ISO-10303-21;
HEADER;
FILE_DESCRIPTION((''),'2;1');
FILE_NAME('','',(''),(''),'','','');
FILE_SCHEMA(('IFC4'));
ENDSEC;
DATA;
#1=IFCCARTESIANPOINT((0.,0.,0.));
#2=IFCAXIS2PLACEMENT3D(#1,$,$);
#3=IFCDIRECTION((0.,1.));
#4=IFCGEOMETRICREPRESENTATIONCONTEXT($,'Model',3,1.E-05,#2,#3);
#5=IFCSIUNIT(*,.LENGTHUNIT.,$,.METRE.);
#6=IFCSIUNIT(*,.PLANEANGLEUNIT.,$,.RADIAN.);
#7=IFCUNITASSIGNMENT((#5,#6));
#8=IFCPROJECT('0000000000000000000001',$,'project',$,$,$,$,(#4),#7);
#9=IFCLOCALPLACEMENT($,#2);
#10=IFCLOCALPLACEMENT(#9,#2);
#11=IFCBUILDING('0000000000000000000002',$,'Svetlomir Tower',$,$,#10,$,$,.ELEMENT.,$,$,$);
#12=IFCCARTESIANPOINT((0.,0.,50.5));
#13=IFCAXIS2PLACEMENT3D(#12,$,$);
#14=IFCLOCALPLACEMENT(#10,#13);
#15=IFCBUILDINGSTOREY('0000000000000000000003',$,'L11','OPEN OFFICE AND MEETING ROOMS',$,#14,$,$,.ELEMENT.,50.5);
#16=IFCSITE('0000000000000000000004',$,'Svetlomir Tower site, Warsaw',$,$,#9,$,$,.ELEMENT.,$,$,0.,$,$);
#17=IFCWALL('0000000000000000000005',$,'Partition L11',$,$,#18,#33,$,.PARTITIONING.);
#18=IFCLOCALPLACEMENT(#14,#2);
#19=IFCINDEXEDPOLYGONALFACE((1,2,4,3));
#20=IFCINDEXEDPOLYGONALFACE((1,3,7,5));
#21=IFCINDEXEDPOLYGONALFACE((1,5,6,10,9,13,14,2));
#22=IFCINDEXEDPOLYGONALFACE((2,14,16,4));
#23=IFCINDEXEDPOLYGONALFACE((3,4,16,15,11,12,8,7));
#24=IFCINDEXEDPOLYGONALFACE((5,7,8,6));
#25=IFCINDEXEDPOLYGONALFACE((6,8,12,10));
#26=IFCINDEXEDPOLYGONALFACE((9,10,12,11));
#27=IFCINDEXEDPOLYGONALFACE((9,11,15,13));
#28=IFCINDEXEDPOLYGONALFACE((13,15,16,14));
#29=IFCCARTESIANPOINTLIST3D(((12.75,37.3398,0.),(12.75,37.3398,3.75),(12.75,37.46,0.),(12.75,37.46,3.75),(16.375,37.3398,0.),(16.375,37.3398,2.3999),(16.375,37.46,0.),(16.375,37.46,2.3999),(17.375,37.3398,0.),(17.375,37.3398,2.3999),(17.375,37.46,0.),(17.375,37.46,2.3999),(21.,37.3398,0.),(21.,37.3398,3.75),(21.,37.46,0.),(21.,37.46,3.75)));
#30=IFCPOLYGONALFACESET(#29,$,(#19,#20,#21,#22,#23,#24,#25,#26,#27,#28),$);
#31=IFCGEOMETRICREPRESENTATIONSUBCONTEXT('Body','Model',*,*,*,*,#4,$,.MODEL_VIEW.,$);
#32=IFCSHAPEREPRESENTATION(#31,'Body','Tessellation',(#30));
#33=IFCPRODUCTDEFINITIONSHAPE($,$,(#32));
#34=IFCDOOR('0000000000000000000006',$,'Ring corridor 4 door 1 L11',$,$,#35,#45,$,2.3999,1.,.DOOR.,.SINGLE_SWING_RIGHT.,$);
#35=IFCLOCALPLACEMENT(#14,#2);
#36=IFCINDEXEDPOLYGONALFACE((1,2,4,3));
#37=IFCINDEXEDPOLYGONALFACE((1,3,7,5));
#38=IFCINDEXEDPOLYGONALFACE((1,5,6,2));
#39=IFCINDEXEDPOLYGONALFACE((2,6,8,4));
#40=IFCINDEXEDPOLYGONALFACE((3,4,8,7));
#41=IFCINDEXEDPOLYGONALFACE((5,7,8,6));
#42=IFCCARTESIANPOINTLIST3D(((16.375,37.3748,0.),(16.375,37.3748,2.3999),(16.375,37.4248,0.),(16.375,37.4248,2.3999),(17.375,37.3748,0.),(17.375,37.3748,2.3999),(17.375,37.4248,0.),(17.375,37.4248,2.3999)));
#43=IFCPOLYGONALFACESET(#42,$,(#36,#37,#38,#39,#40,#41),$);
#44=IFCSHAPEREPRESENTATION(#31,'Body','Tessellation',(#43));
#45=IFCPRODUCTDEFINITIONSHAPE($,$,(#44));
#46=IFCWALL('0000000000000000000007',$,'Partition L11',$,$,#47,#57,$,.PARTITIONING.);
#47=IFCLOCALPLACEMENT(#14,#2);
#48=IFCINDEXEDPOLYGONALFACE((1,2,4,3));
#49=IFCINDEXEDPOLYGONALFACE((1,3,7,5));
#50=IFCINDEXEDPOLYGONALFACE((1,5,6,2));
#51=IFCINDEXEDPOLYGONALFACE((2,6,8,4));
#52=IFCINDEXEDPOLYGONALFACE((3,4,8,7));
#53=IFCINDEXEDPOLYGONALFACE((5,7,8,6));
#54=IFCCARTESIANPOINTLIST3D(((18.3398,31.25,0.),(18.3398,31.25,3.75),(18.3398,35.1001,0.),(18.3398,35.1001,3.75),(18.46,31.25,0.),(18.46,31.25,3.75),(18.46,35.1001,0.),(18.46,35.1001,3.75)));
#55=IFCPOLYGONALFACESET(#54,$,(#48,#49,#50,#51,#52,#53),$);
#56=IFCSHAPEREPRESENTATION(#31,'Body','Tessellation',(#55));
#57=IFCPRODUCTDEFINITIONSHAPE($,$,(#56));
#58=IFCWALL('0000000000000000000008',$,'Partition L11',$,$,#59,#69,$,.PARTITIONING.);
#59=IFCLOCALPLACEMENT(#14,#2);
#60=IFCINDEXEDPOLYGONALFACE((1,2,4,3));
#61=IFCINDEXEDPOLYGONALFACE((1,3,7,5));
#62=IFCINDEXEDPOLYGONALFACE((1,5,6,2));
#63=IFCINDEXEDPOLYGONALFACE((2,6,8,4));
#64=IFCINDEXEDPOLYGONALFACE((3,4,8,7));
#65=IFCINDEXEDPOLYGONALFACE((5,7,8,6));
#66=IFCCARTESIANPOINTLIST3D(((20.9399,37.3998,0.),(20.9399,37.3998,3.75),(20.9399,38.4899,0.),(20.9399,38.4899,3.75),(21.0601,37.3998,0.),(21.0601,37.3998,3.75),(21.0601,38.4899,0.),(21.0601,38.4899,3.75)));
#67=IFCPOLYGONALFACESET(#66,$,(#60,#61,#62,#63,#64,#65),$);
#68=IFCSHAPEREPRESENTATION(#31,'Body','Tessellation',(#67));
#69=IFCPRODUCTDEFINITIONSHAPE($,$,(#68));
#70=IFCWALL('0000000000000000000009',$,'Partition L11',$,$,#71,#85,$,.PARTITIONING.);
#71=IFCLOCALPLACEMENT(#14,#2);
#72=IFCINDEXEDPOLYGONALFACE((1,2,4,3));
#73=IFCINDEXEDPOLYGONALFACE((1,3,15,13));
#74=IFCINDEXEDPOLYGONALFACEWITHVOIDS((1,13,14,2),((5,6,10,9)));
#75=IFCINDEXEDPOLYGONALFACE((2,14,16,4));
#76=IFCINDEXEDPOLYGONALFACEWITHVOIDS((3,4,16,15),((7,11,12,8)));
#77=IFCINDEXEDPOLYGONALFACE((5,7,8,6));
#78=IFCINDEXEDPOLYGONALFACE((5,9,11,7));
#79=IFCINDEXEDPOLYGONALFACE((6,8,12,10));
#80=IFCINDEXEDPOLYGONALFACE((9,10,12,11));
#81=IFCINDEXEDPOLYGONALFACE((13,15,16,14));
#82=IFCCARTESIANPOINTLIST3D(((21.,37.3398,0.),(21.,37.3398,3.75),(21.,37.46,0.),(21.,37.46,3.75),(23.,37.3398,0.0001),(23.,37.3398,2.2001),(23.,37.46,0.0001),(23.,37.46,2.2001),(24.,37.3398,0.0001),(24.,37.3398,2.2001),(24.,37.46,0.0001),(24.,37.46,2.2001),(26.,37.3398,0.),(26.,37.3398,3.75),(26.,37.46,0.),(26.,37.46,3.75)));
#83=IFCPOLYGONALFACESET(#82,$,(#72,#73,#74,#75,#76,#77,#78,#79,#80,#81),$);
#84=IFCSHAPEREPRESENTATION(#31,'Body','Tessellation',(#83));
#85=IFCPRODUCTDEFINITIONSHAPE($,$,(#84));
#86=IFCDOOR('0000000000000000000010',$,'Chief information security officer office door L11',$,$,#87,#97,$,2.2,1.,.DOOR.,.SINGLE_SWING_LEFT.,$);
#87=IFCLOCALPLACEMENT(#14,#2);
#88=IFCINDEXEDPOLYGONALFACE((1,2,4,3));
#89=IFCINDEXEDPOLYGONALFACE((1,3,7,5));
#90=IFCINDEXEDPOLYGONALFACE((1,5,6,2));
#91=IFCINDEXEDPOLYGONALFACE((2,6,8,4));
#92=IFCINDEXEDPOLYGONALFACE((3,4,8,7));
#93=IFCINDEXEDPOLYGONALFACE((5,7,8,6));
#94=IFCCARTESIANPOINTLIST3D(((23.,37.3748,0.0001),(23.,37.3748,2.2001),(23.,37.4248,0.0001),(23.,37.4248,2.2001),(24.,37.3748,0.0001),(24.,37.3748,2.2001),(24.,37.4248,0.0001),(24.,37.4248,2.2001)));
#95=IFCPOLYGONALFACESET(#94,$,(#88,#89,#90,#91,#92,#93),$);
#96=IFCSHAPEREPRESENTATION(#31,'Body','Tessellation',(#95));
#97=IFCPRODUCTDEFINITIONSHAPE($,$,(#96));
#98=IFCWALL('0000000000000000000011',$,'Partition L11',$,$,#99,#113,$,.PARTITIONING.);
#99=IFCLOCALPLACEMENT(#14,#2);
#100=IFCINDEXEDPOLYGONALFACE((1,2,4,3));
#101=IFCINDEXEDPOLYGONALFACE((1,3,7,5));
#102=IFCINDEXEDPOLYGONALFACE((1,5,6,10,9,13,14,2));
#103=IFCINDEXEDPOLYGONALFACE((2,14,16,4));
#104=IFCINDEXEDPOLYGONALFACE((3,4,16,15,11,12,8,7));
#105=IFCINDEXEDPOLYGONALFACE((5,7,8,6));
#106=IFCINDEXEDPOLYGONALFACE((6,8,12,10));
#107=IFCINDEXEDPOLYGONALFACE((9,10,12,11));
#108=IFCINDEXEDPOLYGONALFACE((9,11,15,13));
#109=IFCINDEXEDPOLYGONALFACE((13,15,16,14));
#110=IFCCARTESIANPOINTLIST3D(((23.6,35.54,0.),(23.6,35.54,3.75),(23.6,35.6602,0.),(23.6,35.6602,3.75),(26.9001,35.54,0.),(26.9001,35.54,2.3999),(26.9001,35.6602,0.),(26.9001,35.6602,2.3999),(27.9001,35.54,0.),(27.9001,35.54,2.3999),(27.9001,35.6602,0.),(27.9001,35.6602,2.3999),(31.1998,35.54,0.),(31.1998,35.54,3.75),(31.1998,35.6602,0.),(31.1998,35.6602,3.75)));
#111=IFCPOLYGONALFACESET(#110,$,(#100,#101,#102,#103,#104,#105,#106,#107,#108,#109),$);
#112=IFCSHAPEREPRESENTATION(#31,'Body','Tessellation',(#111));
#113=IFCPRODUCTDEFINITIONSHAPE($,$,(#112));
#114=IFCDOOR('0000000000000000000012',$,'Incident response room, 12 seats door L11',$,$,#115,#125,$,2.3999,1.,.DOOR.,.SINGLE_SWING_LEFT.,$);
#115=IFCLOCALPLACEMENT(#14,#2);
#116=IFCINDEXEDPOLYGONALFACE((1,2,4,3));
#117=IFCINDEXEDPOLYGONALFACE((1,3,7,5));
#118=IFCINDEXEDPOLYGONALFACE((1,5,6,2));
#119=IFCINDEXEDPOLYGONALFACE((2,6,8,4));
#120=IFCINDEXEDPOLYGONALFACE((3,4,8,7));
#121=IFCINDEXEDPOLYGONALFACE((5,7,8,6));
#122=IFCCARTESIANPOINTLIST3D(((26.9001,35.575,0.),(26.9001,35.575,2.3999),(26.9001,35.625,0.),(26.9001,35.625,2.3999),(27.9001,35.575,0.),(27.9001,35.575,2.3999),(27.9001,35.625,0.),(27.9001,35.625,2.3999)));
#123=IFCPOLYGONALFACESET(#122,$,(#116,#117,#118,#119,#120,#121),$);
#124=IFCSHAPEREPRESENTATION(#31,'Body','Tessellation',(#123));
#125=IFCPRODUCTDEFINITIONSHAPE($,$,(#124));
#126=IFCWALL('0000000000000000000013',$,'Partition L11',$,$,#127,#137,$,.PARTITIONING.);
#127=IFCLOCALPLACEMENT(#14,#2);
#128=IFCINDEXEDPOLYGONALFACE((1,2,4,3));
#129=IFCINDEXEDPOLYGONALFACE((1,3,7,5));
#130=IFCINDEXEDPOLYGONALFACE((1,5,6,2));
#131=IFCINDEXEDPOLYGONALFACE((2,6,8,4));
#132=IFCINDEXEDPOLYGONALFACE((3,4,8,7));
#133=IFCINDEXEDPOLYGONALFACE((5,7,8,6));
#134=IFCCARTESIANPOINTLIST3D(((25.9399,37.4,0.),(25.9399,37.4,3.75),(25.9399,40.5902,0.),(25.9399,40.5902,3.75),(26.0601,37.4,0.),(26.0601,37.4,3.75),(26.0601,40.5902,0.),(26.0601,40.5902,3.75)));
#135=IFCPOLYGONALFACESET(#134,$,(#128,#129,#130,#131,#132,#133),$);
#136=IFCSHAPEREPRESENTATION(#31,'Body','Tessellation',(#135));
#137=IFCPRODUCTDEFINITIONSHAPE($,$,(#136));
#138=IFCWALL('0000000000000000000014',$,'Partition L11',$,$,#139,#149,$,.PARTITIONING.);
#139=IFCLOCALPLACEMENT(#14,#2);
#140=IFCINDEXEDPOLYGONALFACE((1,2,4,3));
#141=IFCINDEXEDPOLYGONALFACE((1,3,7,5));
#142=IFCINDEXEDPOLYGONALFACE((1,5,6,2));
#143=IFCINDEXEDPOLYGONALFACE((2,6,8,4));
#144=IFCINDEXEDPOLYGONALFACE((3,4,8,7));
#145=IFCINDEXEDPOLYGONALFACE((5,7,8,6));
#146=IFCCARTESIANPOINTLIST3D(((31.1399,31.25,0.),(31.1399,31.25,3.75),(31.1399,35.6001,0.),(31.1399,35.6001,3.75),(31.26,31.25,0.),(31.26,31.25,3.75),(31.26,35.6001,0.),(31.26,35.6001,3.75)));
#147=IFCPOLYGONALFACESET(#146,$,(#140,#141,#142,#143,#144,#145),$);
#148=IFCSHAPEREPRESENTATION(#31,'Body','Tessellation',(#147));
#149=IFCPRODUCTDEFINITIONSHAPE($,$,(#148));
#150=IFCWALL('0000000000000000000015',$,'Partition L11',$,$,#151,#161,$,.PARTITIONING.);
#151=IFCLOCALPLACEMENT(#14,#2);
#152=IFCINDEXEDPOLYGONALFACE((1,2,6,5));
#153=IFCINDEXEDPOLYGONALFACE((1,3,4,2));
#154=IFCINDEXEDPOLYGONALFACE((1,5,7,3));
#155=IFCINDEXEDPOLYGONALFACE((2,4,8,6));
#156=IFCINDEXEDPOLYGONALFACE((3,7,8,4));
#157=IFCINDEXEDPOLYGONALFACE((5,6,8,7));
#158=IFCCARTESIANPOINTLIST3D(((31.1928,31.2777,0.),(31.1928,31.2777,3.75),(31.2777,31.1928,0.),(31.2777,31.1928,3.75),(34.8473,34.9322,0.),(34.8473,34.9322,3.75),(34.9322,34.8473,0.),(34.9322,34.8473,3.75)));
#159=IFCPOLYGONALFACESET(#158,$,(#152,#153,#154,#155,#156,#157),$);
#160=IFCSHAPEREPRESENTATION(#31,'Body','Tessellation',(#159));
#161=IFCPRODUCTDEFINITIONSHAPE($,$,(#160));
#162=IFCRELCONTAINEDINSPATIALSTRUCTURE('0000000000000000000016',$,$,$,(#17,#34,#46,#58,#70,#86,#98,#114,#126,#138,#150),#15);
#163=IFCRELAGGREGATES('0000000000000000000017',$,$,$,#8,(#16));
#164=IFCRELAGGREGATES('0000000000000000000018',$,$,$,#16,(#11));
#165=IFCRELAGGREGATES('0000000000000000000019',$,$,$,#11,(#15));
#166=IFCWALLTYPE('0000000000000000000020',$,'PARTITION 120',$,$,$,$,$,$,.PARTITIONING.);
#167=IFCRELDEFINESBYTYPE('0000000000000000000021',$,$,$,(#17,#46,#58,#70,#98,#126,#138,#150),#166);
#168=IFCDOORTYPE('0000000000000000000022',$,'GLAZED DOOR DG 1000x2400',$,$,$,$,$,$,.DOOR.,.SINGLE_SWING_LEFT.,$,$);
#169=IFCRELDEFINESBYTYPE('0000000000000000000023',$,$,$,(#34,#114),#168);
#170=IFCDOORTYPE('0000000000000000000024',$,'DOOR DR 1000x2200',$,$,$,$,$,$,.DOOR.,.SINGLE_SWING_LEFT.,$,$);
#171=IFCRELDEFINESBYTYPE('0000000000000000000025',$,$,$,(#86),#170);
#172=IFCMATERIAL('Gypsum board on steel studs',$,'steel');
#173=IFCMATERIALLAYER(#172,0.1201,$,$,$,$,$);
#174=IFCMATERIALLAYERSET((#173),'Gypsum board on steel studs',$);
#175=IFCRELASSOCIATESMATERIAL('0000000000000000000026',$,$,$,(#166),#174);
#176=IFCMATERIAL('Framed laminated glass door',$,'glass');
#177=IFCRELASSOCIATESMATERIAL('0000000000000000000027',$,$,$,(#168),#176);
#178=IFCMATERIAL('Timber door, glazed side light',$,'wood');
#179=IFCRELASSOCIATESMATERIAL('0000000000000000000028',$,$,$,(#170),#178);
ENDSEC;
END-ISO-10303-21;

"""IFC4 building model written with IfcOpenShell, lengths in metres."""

from ifc_helpers import new_model, si_unit, direction, frame, frame_2d, origin, place, context, subcontext, project, spatial, rectangle, extrude, material, layer, layer_set, type_object, element, fill, save


model = new_model("IFC4")

# Units and contexts
model_context = context("Model", 3, precision=1e-05, world=origin(), true_north=direction((0.0, 1.0)))
body_context = subcontext(model_context, "Body", "Model", "MODEL_VIEW")
ifc_project = project(units=[si_unit("LENGTHUNIT", "METRE"), si_unit("PLANEANGLEUNIT", "RADIAN")], contexts=[model_context])

# Site, building, storey
site_placement = place(None, origin())
site = spatial("IfcSite", under=ifc_project, at=site_placement, Name="Svetlomir Tower site, Warsaw", CompositionType="ELEMENT", RefElevation=0.0)
building_placement = place(site_placement, origin())
building = spatial("IfcBuilding", under=site, at=building_placement, Name="Svetlomir Tower", CompositionType="ELEMENT")
storey_placement = place(building_placement, frame((0.0, 0.0, 50.5)))
storey = spatial("IfcBuildingStorey", under=building, at=storey_placement, Name="L11", Description="OPEN OFFICE AND MEETING ROOMS", CompositionType="ELEMENT", Elevation=50.5)

# Shared definitions
ifc_material_1 = material(Name="Gypsum board on steel studs", Category="steel")
ifc_layer_1 = layer(ifc_material_1, 0.1201)
ifc_layer_set_1 = layer_set([ifc_layer_1], Name="Gypsum board on steel studs")
wall_type_1 = type_object("IfcWallType", Name="PARTITION 120", PredefinedType="PARTITIONING", material=ifc_layer_set_1)

# Wall, opening, door
wall_1_placement = place(storey_placement, frame((12.75, 37.3999, 0.0), z_axis=(0.0, 0.0, 1.0), x_axis=(1.0, 0.0, 0.0)))
wall_1 = element("IfcWall", 1, at=wall_1_placement, inside=storey, type_object=wall_type_1, Name="Partition L11", PredefinedType="PARTITIONING", context=body_context, shape_type="SweptSolid", body=[
    extrude(rectangle(XDim=8.25, YDim=0.1201, at=frame_2d((4.125, 0.0))), origin(), (0.0, 0.0, 1.0), 3.75),
])
opening_1_placement = place(wall_1_placement, frame((3.625, 0.0, 0.0)))
opening_1 = element("IfcOpeningElement", 2, at=opening_1_placement, cuts=wall_1, PredefinedType="OPENING", context=body_context, shape_type="SweptSolid", body=[
    extrude(rectangle(XDim=1.0, YDim=2.3999, at=frame_2d((0.5, 1.2))), frame((0.0, 0.0701, 0.0), z_axis=(0.0, -1.0, 0.0), x_axis=(1.0, 0.0, 0.0)), (0.0, 0.0, 1.0), 0.1401),
])
ifc_material_2 = material(Name="Framed laminated glass door", Category="glass")
door_type_1 = type_object("IfcDoorType", Name="GLAZED DOOR DG 1000x2400", OperationType="SINGLE_SWING_LEFT", PredefinedType="DOOR", material=ifc_material_2)
door_1_placement = place(opening_1_placement, origin())
door_1 = element("IfcDoor", 3, at=door_1_placement, inside=storey, type_object=door_type_1, Name="Ring corridor 4 door 1 L11", OperationType="SINGLE_SWING_RIGHT", OverallHeight=2.3999, OverallWidth=1.0, PredefinedType="DOOR", context=body_context, shape_type="SweptSolid", body=[
    extrude(rectangle(XDim=1.0, YDim=2.3999, at=frame_2d((0.5, 1.2))), frame((0.0, 0.0249, 0.0), z_axis=(0.0, -1.0, 0.0), x_axis=(1.0, 0.0, 0.0)), (0.0, 0.0, 1.0), 0.05),
])
fill(opening_1, door_1)

# Walls
wall_2_placement = place(storey_placement, frame((18.3999, 31.25, 0.0), z_axis=(0.0, 0.0, 1.0), x_axis=(0.0, 1.0, 0.0)))
element("IfcWall", 4, at=wall_2_placement, inside=storey, type_object=wall_type_1, Name="Partition L11", PredefinedType="PARTITIONING", context=body_context, shape_type="SweptSolid", body=[
    extrude(rectangle(XDim=3.8501, YDim=0.1201, at=frame_2d((1.925, 0.0))), origin(), (0.0, 0.0, 1.0), 3.75),
])
wall_3_placement = place(storey_placement, frame((21.0, 37.3999, 0.0), z_axis=(0.0, 0.0, 1.0), x_axis=(0.0, 1.0, 0.0)))
element("IfcWall", 5, at=wall_3_placement, inside=storey, type_object=wall_type_1, Name="Partition L11", PredefinedType="PARTITIONING", context=body_context, shape_type="SweptSolid", body=[
    extrude(rectangle(XDim=1.0901, YDim=0.1201, at=frame_2d((0.5449, 0.0))), origin(), (0.0, 0.0, 1.0), 3.75),
])

# Walls, openings, doors
wall_4_placement = place(storey_placement, frame((21.0, 37.3999, 0.0), z_axis=(0.0, 0.0, 1.0), x_axis=(1.0, 0.0, 0.0)))
wall_4 = element("IfcWall", 6, at=wall_4_placement, inside=storey, type_object=wall_type_1, Name="Partition L11", PredefinedType="PARTITIONING", context=body_context, shape_type="SweptSolid", body=[
    extrude(rectangle(XDim=5.0, YDim=0.1201, at=frame_2d((2.5, 0.0))), origin(), (0.0, 0.0, 1.0), 3.75),
])
opening_2_placement = place(wall_4_placement, frame((2.0, 0.0, 0.0)))
opening_2 = element("IfcOpeningElement", 7, at=opening_2_placement, cuts=wall_4, PredefinedType="OPENING", context=body_context, shape_type="SweptSolid", body=[
    extrude(rectangle(XDim=1.0, YDim=2.2, at=frame_2d((0.5, 1.1001))), frame((0.0, 0.0701, 0.0), z_axis=(0.0, -1.0, 0.0), x_axis=(1.0, 0.0, 0.0)), (0.0, 0.0, 1.0), 0.1401),
])
ifc_material_3 = material(Name="Timber door, glazed side light", Category="wood")
door_type_2 = type_object("IfcDoorType", Name="DOOR DR 1000x2200", OperationType="SINGLE_SWING_LEFT", PredefinedType="DOOR", material=ifc_material_3)
door_2_placement = place(opening_2_placement, origin())
door_2 = element("IfcDoor", 8, at=door_2_placement, inside=storey, type_object=door_type_2, Name="Chief information security officer office door L11", OperationType="SINGLE_SWING_LEFT", OverallHeight=2.2, OverallWidth=1.0, PredefinedType="DOOR", context=body_context, shape_type="SweptSolid", body=[
    extrude(rectangle(XDim=1.0, YDim=2.2, at=frame_2d((0.5, 1.1001))), frame((0.0, 0.0249, 0.0), z_axis=(0.0, -1.0, 0.0), x_axis=(1.0, 0.0, 0.0)), (0.0, 0.0, 1.0), 0.05),
])
fill(opening_2, door_2)
wall_5_placement = place(storey_placement, frame((23.6001, 35.6001, 0.0), z_axis=(0.0, 0.0, 1.0), x_axis=(1.0, 0.0, 0.0)))
wall_5 = element("IfcWall", 9, at=wall_5_placement, inside=storey, type_object=wall_type_1, Name="Partition L11", PredefinedType="PARTITIONING", context=body_context, shape_type="SweptSolid", body=[
    extrude(rectangle(XDim=7.5999, YDim=0.1201, at=frame_2d((3.7998, 0.0))), origin(), (0.0, 0.0, 1.0), 3.75),
])
opening_3_placement = place(wall_5_placement, frame((3.3, 0.0, 0.0)))
opening_3 = element("IfcOpeningElement", 10, at=opening_3_placement, cuts=wall_5, PredefinedType="OPENING", context=body_context, shape_type="SweptSolid", body=[
    extrude(rectangle(XDim=1.0, YDim=2.3999, at=frame_2d((0.5, 1.2))), frame((0.0, 0.0701, 0.0), z_axis=(0.0, -1.0, 0.0), x_axis=(1.0, 0.0, 0.0)), (0.0, 0.0, 1.0), 0.1401),
])
door_3_placement = place(opening_3_placement, origin())
door_3 = element("IfcDoor", 11, at=door_3_placement, inside=storey, type_object=door_type_1, Name="Incident response room, 12 seats door L11", OperationType="SINGLE_SWING_LEFT", OverallHeight=2.3999, OverallWidth=1.0, PredefinedType="DOOR", context=body_context, shape_type="SweptSolid", body=[
    extrude(rectangle(XDim=1.0, YDim=2.3999, at=frame_2d((0.5, 1.2))), frame((0.0, 0.0249, 0.0), z_axis=(0.0, -1.0, 0.0), x_axis=(1.0, 0.0, 0.0)), (0.0, 0.0, 1.0), 0.05),
])
fill(opening_3, door_3)

# Walls
wall_6_placement = place(storey_placement, frame((26.0, 37.3999, 0.0), z_axis=(0.0, 0.0, 1.0), x_axis=(0.0, 1.0, 0.0)))
element("IfcWall", 12, at=wall_6_placement, inside=storey, type_object=wall_type_1, Name="Partition L11", PredefinedType="PARTITIONING", context=body_context, shape_type="SweptSolid", body=[
    extrude(rectangle(XDim=3.1902, YDim=0.1201, at=frame_2d((1.5952, 0.0))), origin(), (0.0, 0.0, 1.0), 3.75),
])
wall_7_placement = place(storey_placement, frame((31.2, 31.25, 0.0), z_axis=(0.0, 0.0, 1.0), x_axis=(0.0, 1.0, 0.0)))
element("IfcWall", 13, at=wall_7_placement, inside=storey, type_object=wall_type_1, Name="Partition L11", PredefinedType="PARTITIONING", context=body_context, shape_type="SweptSolid", body=[
    extrude(rectangle(XDim=4.3501, YDim=0.1201, at=frame_2d((2.175, 0.0))), origin(), (0.0, 0.0, 1.0), 3.75),
])
wall_8_placement = place(storey_placement, frame((31.2354, 31.2354, 0.0), z_axis=(0.0, 0.0, 1.0), x_axis=(0.707107, 0.707107, 0.0)))
element("IfcWall", 14, at=wall_8_placement, inside=storey, type_object=wall_type_1, Name="Partition L11", PredefinedType="PARTITIONING", context=body_context, shape_type="SweptSolid", body=[
    extrude(rectangle(XDim=5.1682, YDim=0.1201, at=frame_2d((2.584, 0.0))), origin(), (0.0, 0.0, 1.0), 3.75),
])

save(model, "model.ifc")
